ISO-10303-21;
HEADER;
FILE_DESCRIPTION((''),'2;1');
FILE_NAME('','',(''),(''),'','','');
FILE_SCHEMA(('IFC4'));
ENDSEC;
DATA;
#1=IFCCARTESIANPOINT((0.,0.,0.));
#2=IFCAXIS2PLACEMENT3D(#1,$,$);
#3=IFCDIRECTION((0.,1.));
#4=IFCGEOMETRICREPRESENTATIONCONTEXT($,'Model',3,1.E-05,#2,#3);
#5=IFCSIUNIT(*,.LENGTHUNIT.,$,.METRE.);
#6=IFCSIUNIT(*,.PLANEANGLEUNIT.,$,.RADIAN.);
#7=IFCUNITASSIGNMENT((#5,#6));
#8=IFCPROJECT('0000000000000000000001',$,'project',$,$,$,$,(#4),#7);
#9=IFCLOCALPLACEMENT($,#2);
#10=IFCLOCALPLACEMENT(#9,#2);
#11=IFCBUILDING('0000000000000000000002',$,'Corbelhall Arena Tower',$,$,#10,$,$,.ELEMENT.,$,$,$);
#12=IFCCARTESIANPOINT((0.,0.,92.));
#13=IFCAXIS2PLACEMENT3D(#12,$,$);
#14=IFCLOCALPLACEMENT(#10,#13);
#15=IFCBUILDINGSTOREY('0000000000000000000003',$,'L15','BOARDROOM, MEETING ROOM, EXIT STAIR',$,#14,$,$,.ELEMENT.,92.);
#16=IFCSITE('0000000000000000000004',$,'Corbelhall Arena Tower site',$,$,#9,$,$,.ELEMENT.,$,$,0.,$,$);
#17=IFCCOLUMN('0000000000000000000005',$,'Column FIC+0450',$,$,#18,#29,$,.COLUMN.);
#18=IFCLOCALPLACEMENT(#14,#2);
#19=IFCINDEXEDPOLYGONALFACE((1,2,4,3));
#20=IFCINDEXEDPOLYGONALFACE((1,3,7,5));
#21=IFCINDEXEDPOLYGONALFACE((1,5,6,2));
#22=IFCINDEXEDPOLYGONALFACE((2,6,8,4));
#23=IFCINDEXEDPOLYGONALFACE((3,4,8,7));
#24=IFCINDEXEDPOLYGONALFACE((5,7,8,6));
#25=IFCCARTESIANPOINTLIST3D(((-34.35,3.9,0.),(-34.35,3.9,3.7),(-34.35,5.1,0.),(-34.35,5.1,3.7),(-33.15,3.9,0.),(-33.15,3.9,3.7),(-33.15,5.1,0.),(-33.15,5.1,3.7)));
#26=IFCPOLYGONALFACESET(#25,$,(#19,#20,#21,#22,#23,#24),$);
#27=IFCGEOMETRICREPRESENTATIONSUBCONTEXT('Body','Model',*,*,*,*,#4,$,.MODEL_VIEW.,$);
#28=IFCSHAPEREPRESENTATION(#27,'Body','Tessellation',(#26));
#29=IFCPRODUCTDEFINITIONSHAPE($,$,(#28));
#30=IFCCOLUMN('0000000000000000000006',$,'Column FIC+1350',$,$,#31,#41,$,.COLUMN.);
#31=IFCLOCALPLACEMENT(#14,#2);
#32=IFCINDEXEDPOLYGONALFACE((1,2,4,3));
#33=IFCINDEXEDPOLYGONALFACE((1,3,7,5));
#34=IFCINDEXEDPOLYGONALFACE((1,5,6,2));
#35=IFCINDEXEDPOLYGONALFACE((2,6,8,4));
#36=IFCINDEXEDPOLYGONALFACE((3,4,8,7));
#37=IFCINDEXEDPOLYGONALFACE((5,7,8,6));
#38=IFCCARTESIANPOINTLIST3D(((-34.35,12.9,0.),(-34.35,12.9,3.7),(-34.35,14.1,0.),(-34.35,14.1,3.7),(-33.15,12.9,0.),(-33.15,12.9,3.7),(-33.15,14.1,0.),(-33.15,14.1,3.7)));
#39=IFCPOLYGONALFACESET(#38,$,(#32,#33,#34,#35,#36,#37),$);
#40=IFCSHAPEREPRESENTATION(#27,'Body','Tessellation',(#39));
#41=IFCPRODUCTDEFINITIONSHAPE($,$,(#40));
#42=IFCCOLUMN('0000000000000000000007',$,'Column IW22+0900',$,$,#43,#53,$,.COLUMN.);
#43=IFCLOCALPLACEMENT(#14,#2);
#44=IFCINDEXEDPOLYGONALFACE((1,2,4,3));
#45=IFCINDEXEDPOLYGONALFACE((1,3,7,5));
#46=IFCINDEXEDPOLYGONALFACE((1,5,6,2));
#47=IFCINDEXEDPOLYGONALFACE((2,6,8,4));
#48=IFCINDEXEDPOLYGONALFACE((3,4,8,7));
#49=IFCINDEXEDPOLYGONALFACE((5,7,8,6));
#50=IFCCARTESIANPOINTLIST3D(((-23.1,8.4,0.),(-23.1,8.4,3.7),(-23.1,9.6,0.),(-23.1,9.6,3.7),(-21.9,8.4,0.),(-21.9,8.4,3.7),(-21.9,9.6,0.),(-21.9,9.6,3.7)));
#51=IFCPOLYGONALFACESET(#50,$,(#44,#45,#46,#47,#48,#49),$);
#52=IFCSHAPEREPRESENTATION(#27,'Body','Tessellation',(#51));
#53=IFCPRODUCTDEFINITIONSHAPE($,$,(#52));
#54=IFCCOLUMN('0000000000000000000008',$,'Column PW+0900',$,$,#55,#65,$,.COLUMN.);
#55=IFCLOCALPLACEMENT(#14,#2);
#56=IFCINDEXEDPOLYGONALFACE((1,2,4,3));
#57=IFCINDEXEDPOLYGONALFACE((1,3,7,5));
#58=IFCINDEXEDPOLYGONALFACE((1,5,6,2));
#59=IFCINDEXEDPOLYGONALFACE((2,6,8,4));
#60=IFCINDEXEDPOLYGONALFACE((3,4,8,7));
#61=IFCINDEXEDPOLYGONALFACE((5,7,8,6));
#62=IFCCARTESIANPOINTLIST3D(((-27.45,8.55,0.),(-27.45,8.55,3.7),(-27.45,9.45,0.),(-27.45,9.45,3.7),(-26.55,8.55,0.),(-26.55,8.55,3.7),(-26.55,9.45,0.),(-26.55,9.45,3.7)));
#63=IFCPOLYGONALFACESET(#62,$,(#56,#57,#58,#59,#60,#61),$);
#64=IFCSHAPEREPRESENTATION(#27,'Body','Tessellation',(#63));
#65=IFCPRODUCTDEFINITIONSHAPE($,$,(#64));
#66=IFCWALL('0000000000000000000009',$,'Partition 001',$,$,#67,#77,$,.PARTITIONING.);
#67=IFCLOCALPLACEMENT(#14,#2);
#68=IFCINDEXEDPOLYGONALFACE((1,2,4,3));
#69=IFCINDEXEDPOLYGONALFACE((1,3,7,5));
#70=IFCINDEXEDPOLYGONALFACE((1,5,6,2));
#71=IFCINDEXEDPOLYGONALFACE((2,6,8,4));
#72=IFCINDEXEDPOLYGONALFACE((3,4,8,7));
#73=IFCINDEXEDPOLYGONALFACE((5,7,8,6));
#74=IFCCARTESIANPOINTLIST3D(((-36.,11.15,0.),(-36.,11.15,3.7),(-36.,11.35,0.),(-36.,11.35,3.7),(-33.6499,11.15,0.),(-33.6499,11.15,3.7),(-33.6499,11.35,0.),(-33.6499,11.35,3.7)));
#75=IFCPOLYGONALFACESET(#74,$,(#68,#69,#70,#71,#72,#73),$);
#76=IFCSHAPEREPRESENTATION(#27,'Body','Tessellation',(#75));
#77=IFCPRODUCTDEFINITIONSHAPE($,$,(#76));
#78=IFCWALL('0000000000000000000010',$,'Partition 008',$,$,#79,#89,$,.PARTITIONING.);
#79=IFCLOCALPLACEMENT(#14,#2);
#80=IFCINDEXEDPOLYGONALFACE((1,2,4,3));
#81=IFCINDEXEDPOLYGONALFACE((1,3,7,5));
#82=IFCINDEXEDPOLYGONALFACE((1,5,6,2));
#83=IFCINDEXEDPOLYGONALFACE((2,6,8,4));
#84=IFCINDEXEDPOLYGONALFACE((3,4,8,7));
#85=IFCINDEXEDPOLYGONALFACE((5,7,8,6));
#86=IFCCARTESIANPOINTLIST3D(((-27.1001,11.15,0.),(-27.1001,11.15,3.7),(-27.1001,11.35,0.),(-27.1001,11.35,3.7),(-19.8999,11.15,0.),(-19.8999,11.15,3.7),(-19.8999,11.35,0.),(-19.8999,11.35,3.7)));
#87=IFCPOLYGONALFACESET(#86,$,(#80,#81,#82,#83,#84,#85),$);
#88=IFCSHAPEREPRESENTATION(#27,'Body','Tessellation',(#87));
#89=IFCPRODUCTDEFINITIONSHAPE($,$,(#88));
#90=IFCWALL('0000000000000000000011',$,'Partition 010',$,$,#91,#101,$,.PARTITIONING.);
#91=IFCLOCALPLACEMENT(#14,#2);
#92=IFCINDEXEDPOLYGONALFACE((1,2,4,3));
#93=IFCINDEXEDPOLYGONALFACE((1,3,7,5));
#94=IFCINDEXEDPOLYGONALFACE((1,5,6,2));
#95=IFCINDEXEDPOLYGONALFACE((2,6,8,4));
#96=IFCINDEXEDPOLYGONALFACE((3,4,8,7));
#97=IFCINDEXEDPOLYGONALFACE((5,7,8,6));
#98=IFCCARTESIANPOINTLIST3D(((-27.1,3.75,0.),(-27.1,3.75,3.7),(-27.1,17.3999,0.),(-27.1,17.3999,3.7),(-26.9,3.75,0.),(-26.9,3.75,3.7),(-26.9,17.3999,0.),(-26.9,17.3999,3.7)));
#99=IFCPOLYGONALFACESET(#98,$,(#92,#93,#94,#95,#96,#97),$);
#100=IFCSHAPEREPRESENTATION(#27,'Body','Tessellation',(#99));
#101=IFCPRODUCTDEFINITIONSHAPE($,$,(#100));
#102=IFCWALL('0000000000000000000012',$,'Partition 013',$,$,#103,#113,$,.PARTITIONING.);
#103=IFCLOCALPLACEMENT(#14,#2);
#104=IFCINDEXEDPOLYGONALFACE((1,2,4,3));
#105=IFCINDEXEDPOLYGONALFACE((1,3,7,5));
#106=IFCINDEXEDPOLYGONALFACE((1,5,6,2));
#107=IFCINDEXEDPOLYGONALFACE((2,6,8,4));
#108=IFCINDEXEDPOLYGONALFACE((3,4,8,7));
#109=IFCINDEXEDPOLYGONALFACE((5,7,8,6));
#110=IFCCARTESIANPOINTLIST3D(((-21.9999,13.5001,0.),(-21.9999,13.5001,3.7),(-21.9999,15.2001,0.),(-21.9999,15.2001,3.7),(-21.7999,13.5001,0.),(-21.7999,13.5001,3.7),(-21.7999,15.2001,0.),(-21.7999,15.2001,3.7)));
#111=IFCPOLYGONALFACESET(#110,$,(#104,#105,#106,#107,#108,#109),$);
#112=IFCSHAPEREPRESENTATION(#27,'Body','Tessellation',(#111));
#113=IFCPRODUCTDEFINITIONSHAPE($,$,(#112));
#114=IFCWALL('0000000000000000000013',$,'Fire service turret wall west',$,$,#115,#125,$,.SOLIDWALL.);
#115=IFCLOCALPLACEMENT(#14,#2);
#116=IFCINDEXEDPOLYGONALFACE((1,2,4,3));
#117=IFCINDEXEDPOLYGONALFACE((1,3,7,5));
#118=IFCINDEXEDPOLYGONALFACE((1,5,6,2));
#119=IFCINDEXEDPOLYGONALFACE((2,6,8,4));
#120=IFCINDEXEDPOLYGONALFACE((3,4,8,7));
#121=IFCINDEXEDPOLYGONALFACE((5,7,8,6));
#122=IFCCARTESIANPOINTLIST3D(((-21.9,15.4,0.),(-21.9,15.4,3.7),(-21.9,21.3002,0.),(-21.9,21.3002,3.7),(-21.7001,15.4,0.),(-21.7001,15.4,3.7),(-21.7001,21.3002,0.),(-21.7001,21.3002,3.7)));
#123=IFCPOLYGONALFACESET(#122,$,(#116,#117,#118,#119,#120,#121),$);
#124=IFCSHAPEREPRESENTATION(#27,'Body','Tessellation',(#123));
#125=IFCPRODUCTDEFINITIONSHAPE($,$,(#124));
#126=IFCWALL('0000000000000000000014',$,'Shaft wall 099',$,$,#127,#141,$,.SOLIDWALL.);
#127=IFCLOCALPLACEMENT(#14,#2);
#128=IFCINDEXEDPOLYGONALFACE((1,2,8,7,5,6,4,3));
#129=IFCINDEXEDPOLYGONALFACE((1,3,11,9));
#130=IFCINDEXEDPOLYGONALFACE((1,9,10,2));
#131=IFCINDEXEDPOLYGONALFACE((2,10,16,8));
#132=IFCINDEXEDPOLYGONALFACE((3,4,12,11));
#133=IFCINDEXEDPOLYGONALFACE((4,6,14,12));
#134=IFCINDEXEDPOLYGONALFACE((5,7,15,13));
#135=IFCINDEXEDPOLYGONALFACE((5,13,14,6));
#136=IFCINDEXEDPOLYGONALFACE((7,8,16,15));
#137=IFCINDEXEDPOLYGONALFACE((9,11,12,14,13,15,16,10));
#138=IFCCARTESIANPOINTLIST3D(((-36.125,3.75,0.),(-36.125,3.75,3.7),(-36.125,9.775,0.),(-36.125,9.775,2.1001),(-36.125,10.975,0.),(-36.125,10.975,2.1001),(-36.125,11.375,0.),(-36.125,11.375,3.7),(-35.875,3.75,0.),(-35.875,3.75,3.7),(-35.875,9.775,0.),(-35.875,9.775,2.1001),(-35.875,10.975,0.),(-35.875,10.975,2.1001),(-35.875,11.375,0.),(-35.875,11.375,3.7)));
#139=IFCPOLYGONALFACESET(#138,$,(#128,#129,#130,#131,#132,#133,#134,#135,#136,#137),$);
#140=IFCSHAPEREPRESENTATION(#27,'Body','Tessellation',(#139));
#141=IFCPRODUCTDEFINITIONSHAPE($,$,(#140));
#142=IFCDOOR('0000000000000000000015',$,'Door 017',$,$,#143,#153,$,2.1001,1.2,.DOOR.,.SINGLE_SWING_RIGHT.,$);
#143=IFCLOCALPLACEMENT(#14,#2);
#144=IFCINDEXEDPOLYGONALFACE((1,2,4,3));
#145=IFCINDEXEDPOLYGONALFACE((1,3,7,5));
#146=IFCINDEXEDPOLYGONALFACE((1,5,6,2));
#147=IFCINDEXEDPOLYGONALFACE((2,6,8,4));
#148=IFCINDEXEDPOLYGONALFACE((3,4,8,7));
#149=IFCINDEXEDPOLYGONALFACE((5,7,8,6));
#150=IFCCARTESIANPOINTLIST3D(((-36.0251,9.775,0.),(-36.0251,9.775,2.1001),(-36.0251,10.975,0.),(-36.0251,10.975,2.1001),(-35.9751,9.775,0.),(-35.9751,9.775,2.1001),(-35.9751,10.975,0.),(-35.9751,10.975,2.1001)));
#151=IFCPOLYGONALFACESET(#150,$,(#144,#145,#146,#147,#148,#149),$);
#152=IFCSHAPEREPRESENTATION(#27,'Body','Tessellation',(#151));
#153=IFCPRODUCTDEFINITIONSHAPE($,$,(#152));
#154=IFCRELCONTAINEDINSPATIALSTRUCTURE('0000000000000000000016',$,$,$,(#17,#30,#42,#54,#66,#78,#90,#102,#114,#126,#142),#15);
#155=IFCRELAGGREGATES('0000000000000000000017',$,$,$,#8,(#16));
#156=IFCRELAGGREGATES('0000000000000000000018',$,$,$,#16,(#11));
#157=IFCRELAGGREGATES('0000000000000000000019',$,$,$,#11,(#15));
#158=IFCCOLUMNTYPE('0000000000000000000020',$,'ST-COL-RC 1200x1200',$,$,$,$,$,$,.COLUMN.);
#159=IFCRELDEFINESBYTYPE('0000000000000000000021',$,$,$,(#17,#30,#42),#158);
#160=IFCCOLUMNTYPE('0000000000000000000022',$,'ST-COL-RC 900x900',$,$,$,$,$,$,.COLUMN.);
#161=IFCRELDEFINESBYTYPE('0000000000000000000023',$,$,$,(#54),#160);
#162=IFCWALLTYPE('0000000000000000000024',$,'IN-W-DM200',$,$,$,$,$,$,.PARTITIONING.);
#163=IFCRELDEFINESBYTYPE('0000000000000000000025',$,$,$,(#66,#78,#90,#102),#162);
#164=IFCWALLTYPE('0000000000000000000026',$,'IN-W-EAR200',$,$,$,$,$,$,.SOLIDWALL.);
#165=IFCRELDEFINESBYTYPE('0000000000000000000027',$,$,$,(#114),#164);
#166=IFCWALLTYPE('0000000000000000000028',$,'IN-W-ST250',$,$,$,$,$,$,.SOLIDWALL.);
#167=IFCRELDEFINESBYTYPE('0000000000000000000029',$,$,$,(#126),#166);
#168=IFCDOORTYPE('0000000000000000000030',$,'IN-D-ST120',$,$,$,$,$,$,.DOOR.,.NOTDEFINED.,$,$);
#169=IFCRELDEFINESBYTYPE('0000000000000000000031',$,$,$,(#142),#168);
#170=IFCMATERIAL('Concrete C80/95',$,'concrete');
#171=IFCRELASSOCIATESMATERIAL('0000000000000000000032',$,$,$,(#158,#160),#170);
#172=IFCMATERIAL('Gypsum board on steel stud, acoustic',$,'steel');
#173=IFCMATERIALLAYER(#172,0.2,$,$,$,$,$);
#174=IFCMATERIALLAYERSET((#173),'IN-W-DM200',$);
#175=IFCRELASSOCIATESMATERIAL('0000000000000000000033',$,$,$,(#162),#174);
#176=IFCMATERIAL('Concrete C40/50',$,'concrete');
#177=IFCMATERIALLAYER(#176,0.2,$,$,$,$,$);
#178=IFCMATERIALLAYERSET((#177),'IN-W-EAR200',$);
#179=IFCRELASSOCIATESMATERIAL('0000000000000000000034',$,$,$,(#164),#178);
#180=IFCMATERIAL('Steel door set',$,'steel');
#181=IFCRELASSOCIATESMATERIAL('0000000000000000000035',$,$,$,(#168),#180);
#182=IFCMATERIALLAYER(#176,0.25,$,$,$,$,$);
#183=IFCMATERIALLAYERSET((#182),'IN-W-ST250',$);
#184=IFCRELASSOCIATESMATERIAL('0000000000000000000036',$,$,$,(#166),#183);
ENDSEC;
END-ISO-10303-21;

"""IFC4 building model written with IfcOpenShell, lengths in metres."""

from ifc_helpers import new_model, si_unit, direction, frame, frame_2d, origin, origin_2d, place, context, subcontext, project, spatial, rectangle, extrude, material, layer, layer_set, material_profile, profile_set, type_object, element, fill, save


model = new_model("IFC4")

# Units and contexts
model_context = context("Model", 3, precision=1e-05, world=origin(), true_north=direction((0.0, 1.0)))
body_context = subcontext(model_context, "Body", "Model", "MODEL_VIEW")
ifc_project = project(units=[si_unit("LENGTHUNIT", "METRE"), si_unit("PLANEANGLEUNIT", "RADIAN")], contexts=[model_context])

# Site, building, storey
site_placement = place(None, origin())
site = spatial("IfcSite", under=ifc_project, at=site_placement, Name="Corbelhall Arena Tower site", CompositionType="ELEMENT", RefElevation=0.0)
building_placement = place(site_placement, origin())
building = spatial("IfcBuilding", under=site, at=building_placement, Name="Corbelhall Arena Tower", CompositionType="ELEMENT")
storey_placement = place(building_placement, frame((0.0, 0.0, 92.0)))
storey = spatial("IfcBuildingStorey", under=building, at=storey_placement, Name="L15", Description="BOARDROOM, MEETING ROOM, EXIT STAIR", CompositionType="ELEMENT", Elevation=92.0)

# Columns
ifc_material_1 = material(Name="Concrete C80/95", Category="concrete")
ifc_material_profile_1 = material_profile(ifc_material_1, rectangle(XDim=1.2, YDim=1.2, at=origin_2d()))
ifc_profile_set_1 = profile_set([ifc_material_profile_1], Name="Concrete C80/95")
column_type_1 = type_object("IfcColumnType", Name="ST-COL-RC 1200x1200", PredefinedType="COLUMN", material=ifc_profile_set_1)
for number, where, z_axis, x_axis, name in (
    (1, (-33.75, 4.5, 0.0), (0.0, 0.0, 1.0), (1.0, 0.0, 0.0), "Column FIC+0450"),
    (2, (-33.75, 13.5, 0.0), (0.0, 0.0, 1.0), (1.0, 0.0, 0.0), "Column FIC+1350"),
    (3, (-22.5, 9.0, 0.0), (0.0, 0.0, 1.0), (1.0, 0.0, 0.0), "Column IW22+0900"),
):
    element("IfcColumn", number, at=place(storey_placement, frame(where, z_axis=z_axis, x_axis=x_axis)), inside=storey, type_object=column_type_1, Name=name, PredefinedType="COLUMN", context=body_context, shape_type="SweptSolid", body=[
        extrude(rectangle(XDim=1.2, YDim=1.2, at=origin_2d()), origin(), (0.0, 0.0, 1.0), 3.7),
    ])
ifc_material_profile_2 = material_profile(ifc_material_1, rectangle(XDim=0.8999, YDim=0.8999, at=origin_2d()))
ifc_profile_set_2 = profile_set([ifc_material_profile_2], Name="Concrete C80/95")
column_type_2 = type_object("IfcColumnType", Name="ST-COL-RC 900x900", PredefinedType="COLUMN", material=ifc_profile_set_2)
column_placement = place(storey_placement, frame((-27.0, 9.0, 0.0), z_axis=(0.0, 0.0, 1.0), x_axis=(1.0, 0.0, 0.0)))
element("IfcColumn", 4, at=column_placement, inside=storey, type_object=column_type_2, Name="Column PW+0900", PredefinedType="COLUMN", context=body_context, shape_type="SweptSolid", body=[
    extrude(rectangle(XDim=0.8999, YDim=0.8999, at=origin_2d()), origin(), (0.0, 0.0, 1.0), 3.7),
])

# Wall
ifc_material_2 = material(Name="Gypsum board on steel stud, acoustic", Category="steel")
ifc_layer_1 = layer(ifc_material_2, 0.2)
ifc_layer_set_1 = layer_set([ifc_layer_1], Name="IN-W-DM200")
wall_type_1 = type_object("IfcWallType", Name="IN-W-DM200", PredefinedType="PARTITIONING", material=ifc_layer_set_1)
wall_1_placement = place(storey_placement, frame((-36.0, 11.25, 0.0), z_axis=(0.0, 0.0, 1.0), x_axis=(1.0, 0.0, 0.0)))
element("IfcWall", 5, at=wall_1_placement, inside=storey, type_object=wall_type_1, Name="Partition 001", PredefinedType="PARTITIONING", context=body_context, shape_type="SweptSolid", body=[
    extrude(rectangle(XDim=2.3501, YDim=0.2, at=frame_2d((1.175, 0.0))), origin(), (0.0, 0.0, 1.0), 3.7),
])

# Shared definitions
ifc_material_3 = material(Name="Steel door set", Category="steel")

# Walls
wall_2_placement = place(storey_placement, frame((-27.1001, 11.25, 0.0), z_axis=(0.0, 0.0, 1.0), x_axis=(1.0, 0.0, 0.0)))
element("IfcWall", 6, at=wall_2_placement, inside=storey, type_object=wall_type_1, Name="Partition 008", PredefinedType="PARTITIONING", context=body_context, shape_type="SweptSolid", body=[
    extrude(rectangle(XDim=7.2002, YDim=0.2, at=frame_2d((3.6001, 0.0))), origin(), (0.0, 0.0, 1.0), 3.7),
])
wall_3_placement = place(storey_placement, frame((-27.0, 3.75, 0.0), z_axis=(0.0, 0.0, 1.0), x_axis=(0.0, 1.0, 0.0)))
element("IfcWall", 7, at=wall_3_placement, inside=storey, type_object=wall_type_1, Name="Partition 010", PredefinedType="PARTITIONING", context=body_context, shape_type="SweptSolid", body=[
    extrude(rectangle(XDim=13.6499, YDim=0.2, at=frame_2d((6.825, 0.0))), origin(), (0.0, 0.0, 1.0), 3.7),
])
wall_4_placement = place(storey_placement, frame((-21.8999, 13.5, 0.0), z_axis=(0.0, 0.0, 1.0), x_axis=(0.0, 1.0, 0.0)))
element("IfcWall", 8, at=wall_4_placement, inside=storey, type_object=wall_type_1, Name="Partition 013", PredefinedType="PARTITIONING", context=body_context, shape_type="SweptSolid", body=[
    extrude(rectangle(XDim=1.7, YDim=0.2, at=frame_2d((0.8501, 0.0))), origin(), (0.0, 0.0, 1.0), 3.7),
])

# Shared definitions
ifc_material_4 = material(Name="Concrete C40/50", Category="concrete")
ifc_layer_2 = layer(ifc_material_4, 0.2)
ifc_layer_set_2 = layer_set([ifc_layer_2], Name="IN-W-EAR200")
wall_type_2 = type_object("IfcWallType", Name="IN-W-EAR200", PredefinedType="SOLIDWALL", material=ifc_layer_set_2)
door_type_1 = type_object("IfcDoorType", Name="IN-D-ST120", OperationType="NOTDEFINED", PredefinedType="DOOR", material=ifc_material_3)

# Wall
wall_5_placement = place(storey_placement, frame((-21.8, 15.3999, 0.0), z_axis=(0.0, 0.0, 1.0), x_axis=(0.0, 1.0, 0.0)))
element("IfcWall", 9, at=wall_5_placement, inside=storey, type_object=wall_type_2, Name="Fire service turret wall west", PredefinedType="SOLIDWALL", context=body_context, shape_type="SweptSolid", body=[
    extrude(rectangle(XDim=5.9001, YDim=0.2, at=frame_2d((2.9502, 0.0))), origin(), (0.0, 0.0, 1.0), 3.7),
])

# Wall, opening, door
ifc_layer_3 = layer(ifc_material_4, 0.25)
ifc_layer_set_3 = layer_set([ifc_layer_3], Name="IN-W-ST250")
wall_type_3 = type_object("IfcWallType", Name="IN-W-ST250", PredefinedType="SOLIDWALL", material=ifc_layer_set_3)
wall_6_placement = place(storey_placement, frame((-36.0, 11.375, 0.0), z_axis=(0.0, 0.0, 1.0), x_axis=(0.0, -1.0, 0.0)))
wall_6 = element("IfcWall", 10, at=wall_6_placement, inside=storey, type_object=wall_type_3, Name="Shaft wall 099", PredefinedType="SOLIDWALL", context=body_context, shape_type="SweptSolid", body=[
    extrude(rectangle(XDim=7.625, YDim=0.25, at=frame_2d((3.8125, 0.0))), origin(), (0.0, 0.0, 1.0), 3.7),
])
opening_1_placement = place(wall_6_placement, frame((0.3999, 0.0, 0.0)))
opening_1 = element("IfcOpeningElement", 11, at=opening_1_placement, cuts=wall_6, PredefinedType="OPENING", context=body_context, shape_type="SweptSolid", body=[
    extrude(rectangle(XDim=1.2, YDim=2.1001, at=frame_2d((0.6001, 1.05))), frame((0.0, 0.125, 0.0), z_axis=(0.0, -1.0, 0.0), x_axis=(1.0, 0.0, 0.0)), (0.0, 0.0, 1.0), 0.25),
])
door_1_placement = place(opening_1_placement, origin())
door_1 = element("IfcDoor", 12, at=door_1_placement, inside=storey, type_object=door_type_1, Name="Door 017", OperationType="SINGLE_SWING_RIGHT", OverallHeight=2.1001, OverallWidth=1.2, PredefinedType="DOOR", context=body_context, shape_type="SweptSolid", body=[
    extrude(rectangle(XDim=1.2, YDim=2.1001, at=frame_2d((0.6001, 1.05))), frame((0.0, 0.0249, 0.0), z_axis=(0.0, -1.0, 0.0), x_axis=(1.0, 0.0, 0.0)), (0.0, 0.0, 1.0), 0.05),
])
fill(opening_1, door_1)

save(model, "model.ifc")
